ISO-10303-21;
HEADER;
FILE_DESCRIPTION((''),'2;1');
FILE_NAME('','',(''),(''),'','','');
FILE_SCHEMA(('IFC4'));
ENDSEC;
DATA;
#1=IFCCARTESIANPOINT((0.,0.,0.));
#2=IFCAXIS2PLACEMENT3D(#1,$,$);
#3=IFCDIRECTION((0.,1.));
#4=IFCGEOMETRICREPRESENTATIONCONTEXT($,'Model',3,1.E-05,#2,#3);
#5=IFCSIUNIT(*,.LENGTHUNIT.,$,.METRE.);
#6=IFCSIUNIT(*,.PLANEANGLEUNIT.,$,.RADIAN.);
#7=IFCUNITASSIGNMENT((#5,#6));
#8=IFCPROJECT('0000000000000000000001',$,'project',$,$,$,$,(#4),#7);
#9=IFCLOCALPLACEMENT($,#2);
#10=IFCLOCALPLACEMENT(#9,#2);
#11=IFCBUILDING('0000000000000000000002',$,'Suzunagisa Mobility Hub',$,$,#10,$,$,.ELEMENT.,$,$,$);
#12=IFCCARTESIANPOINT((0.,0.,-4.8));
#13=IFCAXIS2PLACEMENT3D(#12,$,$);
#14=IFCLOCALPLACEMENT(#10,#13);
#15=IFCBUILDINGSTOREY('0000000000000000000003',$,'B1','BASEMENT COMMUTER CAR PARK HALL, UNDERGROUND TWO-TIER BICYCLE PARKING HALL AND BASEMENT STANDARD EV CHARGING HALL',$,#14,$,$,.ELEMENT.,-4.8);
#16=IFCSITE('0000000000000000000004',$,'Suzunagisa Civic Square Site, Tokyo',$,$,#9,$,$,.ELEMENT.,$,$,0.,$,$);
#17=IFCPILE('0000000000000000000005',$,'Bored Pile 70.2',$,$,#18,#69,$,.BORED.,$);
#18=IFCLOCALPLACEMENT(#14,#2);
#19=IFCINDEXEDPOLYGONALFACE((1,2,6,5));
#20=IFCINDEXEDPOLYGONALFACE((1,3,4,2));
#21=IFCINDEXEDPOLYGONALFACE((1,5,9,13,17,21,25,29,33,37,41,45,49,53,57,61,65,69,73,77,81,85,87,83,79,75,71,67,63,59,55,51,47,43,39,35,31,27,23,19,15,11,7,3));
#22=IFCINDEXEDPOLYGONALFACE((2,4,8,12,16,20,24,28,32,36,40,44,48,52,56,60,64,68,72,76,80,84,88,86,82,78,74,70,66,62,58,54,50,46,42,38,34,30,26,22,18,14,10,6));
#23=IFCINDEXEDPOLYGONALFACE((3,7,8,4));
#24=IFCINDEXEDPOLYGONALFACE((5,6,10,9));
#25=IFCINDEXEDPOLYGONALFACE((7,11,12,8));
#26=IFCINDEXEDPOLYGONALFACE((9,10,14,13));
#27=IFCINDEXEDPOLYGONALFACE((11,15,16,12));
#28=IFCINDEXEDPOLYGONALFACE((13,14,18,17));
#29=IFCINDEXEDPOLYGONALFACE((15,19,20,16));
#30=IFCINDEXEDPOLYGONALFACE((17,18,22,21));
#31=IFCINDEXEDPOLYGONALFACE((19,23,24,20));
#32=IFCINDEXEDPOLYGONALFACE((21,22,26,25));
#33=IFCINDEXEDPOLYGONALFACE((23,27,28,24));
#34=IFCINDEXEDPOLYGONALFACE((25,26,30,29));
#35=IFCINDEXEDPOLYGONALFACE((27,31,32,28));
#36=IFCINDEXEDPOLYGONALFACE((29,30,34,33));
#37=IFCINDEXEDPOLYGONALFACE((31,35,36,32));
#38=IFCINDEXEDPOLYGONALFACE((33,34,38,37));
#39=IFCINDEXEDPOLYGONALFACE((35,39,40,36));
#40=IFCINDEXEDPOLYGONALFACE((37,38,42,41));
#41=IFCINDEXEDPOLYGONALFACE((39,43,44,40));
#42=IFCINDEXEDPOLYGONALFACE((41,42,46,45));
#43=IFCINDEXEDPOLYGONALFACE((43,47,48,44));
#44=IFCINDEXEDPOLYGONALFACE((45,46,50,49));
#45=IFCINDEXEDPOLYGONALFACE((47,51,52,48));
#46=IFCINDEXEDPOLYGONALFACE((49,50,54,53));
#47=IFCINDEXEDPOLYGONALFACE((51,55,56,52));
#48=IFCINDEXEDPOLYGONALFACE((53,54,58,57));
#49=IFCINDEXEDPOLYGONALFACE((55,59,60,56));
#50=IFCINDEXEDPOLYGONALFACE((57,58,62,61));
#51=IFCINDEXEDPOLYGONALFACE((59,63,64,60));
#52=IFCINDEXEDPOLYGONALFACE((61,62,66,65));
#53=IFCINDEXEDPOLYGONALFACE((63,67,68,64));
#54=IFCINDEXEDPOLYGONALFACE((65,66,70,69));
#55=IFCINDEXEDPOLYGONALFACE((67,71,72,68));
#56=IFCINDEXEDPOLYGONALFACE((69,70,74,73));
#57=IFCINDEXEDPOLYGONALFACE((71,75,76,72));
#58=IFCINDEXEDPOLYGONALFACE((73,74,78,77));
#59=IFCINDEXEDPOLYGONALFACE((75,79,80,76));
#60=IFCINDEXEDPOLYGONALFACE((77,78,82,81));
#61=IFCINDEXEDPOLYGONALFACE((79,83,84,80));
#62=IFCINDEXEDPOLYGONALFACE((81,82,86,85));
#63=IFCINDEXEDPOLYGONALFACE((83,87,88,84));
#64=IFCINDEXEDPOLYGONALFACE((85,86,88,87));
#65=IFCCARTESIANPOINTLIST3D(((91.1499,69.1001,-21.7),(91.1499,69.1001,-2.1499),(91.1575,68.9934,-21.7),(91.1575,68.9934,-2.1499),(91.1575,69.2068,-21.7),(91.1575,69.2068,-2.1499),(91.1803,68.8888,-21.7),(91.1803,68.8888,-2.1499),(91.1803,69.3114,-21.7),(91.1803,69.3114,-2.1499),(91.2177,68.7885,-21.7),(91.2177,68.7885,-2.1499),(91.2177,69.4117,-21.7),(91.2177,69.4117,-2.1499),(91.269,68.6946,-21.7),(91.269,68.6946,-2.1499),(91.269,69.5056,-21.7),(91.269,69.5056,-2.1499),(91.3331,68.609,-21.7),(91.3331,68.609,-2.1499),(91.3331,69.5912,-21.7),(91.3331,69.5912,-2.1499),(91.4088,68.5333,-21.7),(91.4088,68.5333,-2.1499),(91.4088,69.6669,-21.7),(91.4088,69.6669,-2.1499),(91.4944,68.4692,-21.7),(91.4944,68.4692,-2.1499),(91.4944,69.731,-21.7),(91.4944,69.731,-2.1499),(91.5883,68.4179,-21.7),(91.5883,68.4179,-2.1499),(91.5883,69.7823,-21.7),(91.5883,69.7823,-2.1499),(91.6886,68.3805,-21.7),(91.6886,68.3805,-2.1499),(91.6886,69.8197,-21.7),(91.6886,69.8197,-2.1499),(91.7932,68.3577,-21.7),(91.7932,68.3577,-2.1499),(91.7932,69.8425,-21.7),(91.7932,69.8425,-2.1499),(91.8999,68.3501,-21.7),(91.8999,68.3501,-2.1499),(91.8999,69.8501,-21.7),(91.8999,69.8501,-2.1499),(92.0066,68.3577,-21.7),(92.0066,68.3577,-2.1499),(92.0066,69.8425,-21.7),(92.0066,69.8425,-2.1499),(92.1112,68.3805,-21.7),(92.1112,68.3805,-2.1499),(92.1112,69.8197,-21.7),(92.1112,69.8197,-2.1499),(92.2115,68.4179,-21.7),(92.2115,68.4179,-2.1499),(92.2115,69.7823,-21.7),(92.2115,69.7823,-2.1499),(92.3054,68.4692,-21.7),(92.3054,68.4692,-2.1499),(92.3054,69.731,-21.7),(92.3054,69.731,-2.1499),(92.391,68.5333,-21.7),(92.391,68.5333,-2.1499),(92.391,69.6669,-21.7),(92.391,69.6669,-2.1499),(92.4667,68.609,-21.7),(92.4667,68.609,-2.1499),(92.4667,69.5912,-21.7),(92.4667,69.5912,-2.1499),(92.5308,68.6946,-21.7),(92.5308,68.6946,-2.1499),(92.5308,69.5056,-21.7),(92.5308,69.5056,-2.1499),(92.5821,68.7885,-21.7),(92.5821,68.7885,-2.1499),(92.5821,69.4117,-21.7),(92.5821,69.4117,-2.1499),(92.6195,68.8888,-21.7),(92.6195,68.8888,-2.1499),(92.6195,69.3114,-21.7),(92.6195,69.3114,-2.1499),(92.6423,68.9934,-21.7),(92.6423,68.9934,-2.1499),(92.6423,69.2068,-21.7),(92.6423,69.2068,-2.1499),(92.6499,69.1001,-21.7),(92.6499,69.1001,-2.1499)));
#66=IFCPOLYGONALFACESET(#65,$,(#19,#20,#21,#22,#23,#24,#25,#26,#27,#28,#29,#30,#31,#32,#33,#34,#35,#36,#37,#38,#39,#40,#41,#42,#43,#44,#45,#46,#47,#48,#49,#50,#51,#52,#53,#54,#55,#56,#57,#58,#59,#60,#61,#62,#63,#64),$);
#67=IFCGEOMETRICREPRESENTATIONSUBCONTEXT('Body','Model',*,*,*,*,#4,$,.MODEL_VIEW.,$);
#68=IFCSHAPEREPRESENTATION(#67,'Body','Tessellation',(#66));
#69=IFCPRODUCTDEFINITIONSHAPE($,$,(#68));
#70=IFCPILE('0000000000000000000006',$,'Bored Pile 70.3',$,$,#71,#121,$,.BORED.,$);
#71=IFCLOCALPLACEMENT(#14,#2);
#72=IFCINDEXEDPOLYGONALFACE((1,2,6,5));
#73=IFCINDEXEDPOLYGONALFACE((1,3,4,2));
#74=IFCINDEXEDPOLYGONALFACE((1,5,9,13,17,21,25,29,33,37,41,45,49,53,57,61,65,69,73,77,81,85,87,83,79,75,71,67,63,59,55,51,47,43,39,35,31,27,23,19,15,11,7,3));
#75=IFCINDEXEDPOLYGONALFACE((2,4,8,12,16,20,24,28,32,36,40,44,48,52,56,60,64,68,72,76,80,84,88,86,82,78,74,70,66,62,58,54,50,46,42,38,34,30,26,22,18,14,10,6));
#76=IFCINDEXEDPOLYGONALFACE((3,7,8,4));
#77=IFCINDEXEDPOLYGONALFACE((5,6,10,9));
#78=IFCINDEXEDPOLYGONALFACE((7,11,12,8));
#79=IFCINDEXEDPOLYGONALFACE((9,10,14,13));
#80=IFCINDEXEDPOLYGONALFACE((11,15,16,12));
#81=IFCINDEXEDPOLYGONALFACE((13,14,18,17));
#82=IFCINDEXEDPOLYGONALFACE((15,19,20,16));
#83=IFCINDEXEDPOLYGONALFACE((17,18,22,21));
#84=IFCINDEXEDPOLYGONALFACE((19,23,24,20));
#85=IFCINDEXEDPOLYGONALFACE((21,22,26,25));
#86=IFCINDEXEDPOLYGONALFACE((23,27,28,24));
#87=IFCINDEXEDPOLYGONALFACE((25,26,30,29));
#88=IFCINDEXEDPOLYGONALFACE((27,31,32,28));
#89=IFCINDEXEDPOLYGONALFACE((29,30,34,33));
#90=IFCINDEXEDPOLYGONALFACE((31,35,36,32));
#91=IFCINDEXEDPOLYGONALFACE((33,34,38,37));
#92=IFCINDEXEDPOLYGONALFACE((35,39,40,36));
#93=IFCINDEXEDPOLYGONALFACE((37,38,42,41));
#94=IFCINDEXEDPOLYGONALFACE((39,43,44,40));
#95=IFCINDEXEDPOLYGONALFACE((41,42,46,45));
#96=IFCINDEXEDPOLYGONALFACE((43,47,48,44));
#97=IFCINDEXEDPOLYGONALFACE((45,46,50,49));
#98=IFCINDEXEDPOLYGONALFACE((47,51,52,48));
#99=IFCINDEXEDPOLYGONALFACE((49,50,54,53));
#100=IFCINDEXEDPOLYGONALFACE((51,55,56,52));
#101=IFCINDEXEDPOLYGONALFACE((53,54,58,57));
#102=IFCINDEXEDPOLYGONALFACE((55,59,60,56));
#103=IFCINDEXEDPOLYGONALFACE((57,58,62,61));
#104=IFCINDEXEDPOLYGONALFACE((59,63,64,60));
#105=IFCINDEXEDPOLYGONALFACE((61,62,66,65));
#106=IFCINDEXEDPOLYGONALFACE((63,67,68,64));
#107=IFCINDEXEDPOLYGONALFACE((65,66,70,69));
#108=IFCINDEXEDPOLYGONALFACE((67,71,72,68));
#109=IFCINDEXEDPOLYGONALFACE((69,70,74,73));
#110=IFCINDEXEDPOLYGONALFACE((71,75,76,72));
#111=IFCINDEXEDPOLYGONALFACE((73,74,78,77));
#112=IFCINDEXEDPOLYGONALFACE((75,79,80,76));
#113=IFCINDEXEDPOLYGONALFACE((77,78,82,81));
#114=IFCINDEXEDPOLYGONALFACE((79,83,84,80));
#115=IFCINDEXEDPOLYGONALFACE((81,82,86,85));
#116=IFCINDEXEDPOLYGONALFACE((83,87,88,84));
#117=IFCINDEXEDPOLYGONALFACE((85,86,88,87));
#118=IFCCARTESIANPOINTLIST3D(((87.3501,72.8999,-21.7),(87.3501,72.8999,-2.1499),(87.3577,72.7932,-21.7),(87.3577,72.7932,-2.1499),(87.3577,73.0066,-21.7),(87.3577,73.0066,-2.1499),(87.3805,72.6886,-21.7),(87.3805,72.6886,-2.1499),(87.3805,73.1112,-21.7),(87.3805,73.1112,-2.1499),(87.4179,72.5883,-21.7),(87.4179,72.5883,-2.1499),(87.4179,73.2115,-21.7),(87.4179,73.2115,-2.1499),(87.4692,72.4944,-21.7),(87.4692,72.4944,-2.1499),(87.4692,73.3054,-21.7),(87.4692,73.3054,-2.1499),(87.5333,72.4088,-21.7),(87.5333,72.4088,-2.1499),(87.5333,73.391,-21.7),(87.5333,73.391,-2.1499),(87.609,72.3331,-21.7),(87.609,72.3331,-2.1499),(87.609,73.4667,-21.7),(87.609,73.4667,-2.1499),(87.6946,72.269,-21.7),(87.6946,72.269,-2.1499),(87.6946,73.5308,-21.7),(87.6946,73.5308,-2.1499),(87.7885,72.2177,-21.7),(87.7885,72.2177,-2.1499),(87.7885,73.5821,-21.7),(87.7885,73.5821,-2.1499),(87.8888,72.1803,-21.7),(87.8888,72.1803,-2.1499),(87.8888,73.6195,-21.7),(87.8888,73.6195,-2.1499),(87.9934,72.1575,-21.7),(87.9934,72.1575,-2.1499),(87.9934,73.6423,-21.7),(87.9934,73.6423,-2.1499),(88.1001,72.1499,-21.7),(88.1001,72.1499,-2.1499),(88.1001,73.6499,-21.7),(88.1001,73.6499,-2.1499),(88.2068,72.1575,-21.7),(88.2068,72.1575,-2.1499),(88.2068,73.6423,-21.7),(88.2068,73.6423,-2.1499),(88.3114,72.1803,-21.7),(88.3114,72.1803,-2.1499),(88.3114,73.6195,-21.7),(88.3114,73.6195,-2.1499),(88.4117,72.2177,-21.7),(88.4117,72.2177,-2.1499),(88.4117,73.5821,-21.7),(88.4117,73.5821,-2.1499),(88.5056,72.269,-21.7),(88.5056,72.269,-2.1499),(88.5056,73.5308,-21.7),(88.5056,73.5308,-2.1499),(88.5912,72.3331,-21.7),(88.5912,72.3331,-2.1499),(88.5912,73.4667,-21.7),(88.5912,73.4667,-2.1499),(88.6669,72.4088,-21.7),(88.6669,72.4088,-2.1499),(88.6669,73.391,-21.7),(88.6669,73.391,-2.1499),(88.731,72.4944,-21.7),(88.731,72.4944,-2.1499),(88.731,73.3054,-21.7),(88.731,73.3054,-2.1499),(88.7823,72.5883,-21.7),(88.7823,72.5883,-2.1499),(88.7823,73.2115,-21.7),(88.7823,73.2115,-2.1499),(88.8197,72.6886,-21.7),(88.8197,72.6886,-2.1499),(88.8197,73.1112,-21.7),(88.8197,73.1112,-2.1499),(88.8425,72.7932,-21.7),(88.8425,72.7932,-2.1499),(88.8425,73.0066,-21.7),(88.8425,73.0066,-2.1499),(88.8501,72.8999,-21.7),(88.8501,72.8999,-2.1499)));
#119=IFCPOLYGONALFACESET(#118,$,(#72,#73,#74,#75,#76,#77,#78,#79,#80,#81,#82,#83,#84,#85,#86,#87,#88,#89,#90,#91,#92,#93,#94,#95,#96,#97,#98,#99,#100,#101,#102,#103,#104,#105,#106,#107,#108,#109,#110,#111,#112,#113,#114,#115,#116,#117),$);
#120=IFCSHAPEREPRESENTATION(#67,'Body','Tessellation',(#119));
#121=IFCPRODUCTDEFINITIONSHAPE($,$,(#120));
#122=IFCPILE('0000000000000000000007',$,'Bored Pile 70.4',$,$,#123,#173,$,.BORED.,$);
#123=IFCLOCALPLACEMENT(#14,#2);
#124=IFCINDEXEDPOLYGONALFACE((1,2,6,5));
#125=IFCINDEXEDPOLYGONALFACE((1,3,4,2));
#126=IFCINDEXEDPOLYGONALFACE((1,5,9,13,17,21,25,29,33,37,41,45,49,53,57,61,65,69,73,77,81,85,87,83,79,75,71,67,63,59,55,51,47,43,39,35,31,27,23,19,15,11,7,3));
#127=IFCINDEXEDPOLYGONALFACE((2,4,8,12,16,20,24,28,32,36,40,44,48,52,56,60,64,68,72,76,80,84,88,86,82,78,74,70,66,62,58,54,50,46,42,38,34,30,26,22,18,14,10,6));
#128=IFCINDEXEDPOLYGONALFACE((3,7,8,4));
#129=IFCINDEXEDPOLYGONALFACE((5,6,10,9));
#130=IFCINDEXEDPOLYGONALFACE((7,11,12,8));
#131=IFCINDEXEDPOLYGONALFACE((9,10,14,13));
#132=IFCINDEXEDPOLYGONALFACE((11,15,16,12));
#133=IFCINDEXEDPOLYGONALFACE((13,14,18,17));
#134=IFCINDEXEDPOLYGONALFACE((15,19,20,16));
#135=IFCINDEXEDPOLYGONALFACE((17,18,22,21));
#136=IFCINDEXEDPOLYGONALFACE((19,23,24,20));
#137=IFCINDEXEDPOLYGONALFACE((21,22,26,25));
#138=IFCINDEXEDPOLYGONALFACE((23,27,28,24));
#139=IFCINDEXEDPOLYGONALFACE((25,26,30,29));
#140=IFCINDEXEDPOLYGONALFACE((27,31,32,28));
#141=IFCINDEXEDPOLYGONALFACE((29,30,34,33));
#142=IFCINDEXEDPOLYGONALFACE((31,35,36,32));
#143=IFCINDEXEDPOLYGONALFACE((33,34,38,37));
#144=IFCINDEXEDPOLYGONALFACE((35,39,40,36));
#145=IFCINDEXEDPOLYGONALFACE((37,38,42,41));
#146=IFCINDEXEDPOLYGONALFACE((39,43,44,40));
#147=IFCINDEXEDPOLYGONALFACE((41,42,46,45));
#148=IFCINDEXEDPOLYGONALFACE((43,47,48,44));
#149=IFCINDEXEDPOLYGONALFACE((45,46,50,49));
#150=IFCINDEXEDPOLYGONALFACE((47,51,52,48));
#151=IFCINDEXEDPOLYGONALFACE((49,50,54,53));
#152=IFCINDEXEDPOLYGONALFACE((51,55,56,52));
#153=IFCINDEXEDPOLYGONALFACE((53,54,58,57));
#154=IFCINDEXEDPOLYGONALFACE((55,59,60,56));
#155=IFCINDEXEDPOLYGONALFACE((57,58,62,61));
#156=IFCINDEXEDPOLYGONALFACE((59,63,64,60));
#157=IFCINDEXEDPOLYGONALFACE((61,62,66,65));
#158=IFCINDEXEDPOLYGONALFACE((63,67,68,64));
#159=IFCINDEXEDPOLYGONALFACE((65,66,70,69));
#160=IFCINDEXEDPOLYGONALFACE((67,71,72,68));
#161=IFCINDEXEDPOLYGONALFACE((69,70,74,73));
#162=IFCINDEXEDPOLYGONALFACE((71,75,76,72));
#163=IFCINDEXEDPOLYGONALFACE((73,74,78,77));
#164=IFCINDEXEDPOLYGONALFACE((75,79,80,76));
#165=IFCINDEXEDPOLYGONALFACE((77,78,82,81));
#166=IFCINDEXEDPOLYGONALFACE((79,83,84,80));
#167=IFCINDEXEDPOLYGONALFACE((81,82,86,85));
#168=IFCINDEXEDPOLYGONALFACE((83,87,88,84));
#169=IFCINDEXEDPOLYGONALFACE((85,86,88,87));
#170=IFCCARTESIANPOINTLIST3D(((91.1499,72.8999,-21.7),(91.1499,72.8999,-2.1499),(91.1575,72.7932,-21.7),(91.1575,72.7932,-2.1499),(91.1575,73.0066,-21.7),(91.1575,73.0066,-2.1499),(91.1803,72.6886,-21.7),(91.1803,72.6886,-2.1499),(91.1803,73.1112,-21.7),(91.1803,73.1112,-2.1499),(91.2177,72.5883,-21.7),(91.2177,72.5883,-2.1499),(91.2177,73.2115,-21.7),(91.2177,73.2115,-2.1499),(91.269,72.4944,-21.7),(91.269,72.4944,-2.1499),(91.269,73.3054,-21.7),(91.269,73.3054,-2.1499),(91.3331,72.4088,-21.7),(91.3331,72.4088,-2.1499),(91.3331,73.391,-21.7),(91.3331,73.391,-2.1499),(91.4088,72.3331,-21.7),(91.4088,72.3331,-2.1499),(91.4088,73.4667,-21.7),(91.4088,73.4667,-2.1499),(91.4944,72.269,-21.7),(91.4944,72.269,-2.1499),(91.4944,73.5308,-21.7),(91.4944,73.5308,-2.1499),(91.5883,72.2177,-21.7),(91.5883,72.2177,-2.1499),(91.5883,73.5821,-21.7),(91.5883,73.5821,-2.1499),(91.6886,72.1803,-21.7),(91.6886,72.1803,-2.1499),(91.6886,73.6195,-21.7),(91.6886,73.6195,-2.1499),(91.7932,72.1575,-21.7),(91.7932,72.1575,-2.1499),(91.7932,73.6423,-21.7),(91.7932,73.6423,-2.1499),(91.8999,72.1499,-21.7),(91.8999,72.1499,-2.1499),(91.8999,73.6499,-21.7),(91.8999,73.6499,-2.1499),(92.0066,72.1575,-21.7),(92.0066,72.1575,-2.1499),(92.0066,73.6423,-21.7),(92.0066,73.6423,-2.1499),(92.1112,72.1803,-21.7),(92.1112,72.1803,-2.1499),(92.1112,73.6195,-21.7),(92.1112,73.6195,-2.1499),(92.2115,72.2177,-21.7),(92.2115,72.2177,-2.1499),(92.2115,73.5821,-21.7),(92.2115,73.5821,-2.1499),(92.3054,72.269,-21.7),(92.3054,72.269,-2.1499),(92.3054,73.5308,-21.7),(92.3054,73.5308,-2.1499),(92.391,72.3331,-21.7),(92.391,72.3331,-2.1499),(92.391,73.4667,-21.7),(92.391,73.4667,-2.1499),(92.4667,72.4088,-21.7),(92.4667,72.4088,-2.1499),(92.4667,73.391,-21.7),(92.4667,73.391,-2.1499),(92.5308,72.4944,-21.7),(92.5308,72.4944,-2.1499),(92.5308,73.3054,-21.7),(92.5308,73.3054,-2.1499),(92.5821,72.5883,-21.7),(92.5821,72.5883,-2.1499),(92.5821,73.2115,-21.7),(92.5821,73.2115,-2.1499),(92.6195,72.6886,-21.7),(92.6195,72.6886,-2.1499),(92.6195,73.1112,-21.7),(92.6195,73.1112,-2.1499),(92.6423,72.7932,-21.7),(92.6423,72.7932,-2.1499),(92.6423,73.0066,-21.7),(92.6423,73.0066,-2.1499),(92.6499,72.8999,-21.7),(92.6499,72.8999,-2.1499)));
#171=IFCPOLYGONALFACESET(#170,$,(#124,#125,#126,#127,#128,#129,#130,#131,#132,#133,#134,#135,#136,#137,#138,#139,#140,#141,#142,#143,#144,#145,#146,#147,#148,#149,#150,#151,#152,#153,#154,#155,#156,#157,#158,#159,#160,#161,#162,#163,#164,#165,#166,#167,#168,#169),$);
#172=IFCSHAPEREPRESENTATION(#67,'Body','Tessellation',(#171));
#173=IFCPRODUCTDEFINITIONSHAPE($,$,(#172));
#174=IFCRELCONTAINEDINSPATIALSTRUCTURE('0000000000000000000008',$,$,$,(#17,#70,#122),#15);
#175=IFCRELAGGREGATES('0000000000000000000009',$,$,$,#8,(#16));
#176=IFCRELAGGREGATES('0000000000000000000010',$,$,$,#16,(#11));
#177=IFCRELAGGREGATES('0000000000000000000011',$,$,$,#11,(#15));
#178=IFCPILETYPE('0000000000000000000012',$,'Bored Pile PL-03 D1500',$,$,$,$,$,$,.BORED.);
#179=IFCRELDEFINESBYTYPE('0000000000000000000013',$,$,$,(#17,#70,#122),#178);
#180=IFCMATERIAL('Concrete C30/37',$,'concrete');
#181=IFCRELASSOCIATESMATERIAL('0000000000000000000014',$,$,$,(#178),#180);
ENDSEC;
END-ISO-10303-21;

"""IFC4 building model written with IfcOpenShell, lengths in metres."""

from ifc_helpers import new_model, si_unit, direction, frame, origin, origin_2d, place, context, subcontext, project, spatial, circle, extrude, material, material_profile, profile_set, type_object, element, save


model = new_model("IFC4")

# Units and contexts
model_context = context("Model", 3, precision=1e-05, world=origin(), true_north=direction((0.0, 1.0)))
body_context = subcontext(model_context, "Body", "Model", "MODEL_VIEW")
ifc_project = project(units=[si_unit("LENGTHUNIT", "METRE"), si_unit("PLANEANGLEUNIT", "RADIAN")], contexts=[model_context])

# Site, building, storey
site_placement = place(None, origin())
site = spatial("IfcSite", under=ifc_project, at=site_placement, Name="Suzunagisa Civic Square Site, Tokyo", CompositionType="ELEMENT", RefElevation=0.0)
building_placement = place(site_placement, origin())
building = spatial("IfcBuilding", under=site, at=building_placement, Name="Suzunagisa Mobility Hub", CompositionType="ELEMENT")
storey_placement = place(building_placement, frame((0.0, 0.0, -4.8)))
storey = spatial("IfcBuildingStorey", under=building, at=storey_placement, Name="B1", Description="BASEMENT COMMUTER CAR PARK HALL, UNDERGROUND TWO-TIER BICYCLE PARKING HALL AND BASEMENT STANDARD EV CHARGING HALL", CompositionType="ELEMENT", Elevation=-4.8)

# Piles
ifc_material_1 = material(Name="Concrete C30/37", Category="concrete")
ifc_material_profile_1 = material_profile(ifc_material_1, circle(Radius=0.75, at=origin_2d()), Name="BORED PILE D1500")
ifc_profile_set_1 = profile_set([ifc_material_profile_1], Name="Concrete C30/37")
pile_type_1 = type_object("IfcPileType", Name="Bored Pile PL-03 D1500", PredefinedType="BORED", material=ifc_profile_set_1)
for number, where, z_axis, x_axis, name in (
    (1, (91.8999, 69.1001, -2.1499), (0.0, 0.0, -1.0), (1.0, 0.0, 0.0), "Bored Pile 70.2"),
    (2, (88.1001, 72.8999, -2.1499), (0.0, 0.0, -1.0), (1.0, 0.0, 0.0), "Bored Pile 70.3"),
    (3, (91.8999, 72.8999, -2.1499), (0.0, 0.0, -1.0), (1.0, 0.0, 0.0), "Bored Pile 70.4"),
):
    element("IfcPile", number, at=place(storey_placement, frame(where, z_axis=z_axis, x_axis=x_axis)), inside=storey, type_object=pile_type_1, Name=name, PredefinedType="BORED", context=body_context, shape_type="SweptSolid", body=[
        extrude(circle(Radius=0.75, at=origin_2d()), origin(), (0.0, 0.0, 1.0), 19.55),
    ])

save(model, "model.ifc")
